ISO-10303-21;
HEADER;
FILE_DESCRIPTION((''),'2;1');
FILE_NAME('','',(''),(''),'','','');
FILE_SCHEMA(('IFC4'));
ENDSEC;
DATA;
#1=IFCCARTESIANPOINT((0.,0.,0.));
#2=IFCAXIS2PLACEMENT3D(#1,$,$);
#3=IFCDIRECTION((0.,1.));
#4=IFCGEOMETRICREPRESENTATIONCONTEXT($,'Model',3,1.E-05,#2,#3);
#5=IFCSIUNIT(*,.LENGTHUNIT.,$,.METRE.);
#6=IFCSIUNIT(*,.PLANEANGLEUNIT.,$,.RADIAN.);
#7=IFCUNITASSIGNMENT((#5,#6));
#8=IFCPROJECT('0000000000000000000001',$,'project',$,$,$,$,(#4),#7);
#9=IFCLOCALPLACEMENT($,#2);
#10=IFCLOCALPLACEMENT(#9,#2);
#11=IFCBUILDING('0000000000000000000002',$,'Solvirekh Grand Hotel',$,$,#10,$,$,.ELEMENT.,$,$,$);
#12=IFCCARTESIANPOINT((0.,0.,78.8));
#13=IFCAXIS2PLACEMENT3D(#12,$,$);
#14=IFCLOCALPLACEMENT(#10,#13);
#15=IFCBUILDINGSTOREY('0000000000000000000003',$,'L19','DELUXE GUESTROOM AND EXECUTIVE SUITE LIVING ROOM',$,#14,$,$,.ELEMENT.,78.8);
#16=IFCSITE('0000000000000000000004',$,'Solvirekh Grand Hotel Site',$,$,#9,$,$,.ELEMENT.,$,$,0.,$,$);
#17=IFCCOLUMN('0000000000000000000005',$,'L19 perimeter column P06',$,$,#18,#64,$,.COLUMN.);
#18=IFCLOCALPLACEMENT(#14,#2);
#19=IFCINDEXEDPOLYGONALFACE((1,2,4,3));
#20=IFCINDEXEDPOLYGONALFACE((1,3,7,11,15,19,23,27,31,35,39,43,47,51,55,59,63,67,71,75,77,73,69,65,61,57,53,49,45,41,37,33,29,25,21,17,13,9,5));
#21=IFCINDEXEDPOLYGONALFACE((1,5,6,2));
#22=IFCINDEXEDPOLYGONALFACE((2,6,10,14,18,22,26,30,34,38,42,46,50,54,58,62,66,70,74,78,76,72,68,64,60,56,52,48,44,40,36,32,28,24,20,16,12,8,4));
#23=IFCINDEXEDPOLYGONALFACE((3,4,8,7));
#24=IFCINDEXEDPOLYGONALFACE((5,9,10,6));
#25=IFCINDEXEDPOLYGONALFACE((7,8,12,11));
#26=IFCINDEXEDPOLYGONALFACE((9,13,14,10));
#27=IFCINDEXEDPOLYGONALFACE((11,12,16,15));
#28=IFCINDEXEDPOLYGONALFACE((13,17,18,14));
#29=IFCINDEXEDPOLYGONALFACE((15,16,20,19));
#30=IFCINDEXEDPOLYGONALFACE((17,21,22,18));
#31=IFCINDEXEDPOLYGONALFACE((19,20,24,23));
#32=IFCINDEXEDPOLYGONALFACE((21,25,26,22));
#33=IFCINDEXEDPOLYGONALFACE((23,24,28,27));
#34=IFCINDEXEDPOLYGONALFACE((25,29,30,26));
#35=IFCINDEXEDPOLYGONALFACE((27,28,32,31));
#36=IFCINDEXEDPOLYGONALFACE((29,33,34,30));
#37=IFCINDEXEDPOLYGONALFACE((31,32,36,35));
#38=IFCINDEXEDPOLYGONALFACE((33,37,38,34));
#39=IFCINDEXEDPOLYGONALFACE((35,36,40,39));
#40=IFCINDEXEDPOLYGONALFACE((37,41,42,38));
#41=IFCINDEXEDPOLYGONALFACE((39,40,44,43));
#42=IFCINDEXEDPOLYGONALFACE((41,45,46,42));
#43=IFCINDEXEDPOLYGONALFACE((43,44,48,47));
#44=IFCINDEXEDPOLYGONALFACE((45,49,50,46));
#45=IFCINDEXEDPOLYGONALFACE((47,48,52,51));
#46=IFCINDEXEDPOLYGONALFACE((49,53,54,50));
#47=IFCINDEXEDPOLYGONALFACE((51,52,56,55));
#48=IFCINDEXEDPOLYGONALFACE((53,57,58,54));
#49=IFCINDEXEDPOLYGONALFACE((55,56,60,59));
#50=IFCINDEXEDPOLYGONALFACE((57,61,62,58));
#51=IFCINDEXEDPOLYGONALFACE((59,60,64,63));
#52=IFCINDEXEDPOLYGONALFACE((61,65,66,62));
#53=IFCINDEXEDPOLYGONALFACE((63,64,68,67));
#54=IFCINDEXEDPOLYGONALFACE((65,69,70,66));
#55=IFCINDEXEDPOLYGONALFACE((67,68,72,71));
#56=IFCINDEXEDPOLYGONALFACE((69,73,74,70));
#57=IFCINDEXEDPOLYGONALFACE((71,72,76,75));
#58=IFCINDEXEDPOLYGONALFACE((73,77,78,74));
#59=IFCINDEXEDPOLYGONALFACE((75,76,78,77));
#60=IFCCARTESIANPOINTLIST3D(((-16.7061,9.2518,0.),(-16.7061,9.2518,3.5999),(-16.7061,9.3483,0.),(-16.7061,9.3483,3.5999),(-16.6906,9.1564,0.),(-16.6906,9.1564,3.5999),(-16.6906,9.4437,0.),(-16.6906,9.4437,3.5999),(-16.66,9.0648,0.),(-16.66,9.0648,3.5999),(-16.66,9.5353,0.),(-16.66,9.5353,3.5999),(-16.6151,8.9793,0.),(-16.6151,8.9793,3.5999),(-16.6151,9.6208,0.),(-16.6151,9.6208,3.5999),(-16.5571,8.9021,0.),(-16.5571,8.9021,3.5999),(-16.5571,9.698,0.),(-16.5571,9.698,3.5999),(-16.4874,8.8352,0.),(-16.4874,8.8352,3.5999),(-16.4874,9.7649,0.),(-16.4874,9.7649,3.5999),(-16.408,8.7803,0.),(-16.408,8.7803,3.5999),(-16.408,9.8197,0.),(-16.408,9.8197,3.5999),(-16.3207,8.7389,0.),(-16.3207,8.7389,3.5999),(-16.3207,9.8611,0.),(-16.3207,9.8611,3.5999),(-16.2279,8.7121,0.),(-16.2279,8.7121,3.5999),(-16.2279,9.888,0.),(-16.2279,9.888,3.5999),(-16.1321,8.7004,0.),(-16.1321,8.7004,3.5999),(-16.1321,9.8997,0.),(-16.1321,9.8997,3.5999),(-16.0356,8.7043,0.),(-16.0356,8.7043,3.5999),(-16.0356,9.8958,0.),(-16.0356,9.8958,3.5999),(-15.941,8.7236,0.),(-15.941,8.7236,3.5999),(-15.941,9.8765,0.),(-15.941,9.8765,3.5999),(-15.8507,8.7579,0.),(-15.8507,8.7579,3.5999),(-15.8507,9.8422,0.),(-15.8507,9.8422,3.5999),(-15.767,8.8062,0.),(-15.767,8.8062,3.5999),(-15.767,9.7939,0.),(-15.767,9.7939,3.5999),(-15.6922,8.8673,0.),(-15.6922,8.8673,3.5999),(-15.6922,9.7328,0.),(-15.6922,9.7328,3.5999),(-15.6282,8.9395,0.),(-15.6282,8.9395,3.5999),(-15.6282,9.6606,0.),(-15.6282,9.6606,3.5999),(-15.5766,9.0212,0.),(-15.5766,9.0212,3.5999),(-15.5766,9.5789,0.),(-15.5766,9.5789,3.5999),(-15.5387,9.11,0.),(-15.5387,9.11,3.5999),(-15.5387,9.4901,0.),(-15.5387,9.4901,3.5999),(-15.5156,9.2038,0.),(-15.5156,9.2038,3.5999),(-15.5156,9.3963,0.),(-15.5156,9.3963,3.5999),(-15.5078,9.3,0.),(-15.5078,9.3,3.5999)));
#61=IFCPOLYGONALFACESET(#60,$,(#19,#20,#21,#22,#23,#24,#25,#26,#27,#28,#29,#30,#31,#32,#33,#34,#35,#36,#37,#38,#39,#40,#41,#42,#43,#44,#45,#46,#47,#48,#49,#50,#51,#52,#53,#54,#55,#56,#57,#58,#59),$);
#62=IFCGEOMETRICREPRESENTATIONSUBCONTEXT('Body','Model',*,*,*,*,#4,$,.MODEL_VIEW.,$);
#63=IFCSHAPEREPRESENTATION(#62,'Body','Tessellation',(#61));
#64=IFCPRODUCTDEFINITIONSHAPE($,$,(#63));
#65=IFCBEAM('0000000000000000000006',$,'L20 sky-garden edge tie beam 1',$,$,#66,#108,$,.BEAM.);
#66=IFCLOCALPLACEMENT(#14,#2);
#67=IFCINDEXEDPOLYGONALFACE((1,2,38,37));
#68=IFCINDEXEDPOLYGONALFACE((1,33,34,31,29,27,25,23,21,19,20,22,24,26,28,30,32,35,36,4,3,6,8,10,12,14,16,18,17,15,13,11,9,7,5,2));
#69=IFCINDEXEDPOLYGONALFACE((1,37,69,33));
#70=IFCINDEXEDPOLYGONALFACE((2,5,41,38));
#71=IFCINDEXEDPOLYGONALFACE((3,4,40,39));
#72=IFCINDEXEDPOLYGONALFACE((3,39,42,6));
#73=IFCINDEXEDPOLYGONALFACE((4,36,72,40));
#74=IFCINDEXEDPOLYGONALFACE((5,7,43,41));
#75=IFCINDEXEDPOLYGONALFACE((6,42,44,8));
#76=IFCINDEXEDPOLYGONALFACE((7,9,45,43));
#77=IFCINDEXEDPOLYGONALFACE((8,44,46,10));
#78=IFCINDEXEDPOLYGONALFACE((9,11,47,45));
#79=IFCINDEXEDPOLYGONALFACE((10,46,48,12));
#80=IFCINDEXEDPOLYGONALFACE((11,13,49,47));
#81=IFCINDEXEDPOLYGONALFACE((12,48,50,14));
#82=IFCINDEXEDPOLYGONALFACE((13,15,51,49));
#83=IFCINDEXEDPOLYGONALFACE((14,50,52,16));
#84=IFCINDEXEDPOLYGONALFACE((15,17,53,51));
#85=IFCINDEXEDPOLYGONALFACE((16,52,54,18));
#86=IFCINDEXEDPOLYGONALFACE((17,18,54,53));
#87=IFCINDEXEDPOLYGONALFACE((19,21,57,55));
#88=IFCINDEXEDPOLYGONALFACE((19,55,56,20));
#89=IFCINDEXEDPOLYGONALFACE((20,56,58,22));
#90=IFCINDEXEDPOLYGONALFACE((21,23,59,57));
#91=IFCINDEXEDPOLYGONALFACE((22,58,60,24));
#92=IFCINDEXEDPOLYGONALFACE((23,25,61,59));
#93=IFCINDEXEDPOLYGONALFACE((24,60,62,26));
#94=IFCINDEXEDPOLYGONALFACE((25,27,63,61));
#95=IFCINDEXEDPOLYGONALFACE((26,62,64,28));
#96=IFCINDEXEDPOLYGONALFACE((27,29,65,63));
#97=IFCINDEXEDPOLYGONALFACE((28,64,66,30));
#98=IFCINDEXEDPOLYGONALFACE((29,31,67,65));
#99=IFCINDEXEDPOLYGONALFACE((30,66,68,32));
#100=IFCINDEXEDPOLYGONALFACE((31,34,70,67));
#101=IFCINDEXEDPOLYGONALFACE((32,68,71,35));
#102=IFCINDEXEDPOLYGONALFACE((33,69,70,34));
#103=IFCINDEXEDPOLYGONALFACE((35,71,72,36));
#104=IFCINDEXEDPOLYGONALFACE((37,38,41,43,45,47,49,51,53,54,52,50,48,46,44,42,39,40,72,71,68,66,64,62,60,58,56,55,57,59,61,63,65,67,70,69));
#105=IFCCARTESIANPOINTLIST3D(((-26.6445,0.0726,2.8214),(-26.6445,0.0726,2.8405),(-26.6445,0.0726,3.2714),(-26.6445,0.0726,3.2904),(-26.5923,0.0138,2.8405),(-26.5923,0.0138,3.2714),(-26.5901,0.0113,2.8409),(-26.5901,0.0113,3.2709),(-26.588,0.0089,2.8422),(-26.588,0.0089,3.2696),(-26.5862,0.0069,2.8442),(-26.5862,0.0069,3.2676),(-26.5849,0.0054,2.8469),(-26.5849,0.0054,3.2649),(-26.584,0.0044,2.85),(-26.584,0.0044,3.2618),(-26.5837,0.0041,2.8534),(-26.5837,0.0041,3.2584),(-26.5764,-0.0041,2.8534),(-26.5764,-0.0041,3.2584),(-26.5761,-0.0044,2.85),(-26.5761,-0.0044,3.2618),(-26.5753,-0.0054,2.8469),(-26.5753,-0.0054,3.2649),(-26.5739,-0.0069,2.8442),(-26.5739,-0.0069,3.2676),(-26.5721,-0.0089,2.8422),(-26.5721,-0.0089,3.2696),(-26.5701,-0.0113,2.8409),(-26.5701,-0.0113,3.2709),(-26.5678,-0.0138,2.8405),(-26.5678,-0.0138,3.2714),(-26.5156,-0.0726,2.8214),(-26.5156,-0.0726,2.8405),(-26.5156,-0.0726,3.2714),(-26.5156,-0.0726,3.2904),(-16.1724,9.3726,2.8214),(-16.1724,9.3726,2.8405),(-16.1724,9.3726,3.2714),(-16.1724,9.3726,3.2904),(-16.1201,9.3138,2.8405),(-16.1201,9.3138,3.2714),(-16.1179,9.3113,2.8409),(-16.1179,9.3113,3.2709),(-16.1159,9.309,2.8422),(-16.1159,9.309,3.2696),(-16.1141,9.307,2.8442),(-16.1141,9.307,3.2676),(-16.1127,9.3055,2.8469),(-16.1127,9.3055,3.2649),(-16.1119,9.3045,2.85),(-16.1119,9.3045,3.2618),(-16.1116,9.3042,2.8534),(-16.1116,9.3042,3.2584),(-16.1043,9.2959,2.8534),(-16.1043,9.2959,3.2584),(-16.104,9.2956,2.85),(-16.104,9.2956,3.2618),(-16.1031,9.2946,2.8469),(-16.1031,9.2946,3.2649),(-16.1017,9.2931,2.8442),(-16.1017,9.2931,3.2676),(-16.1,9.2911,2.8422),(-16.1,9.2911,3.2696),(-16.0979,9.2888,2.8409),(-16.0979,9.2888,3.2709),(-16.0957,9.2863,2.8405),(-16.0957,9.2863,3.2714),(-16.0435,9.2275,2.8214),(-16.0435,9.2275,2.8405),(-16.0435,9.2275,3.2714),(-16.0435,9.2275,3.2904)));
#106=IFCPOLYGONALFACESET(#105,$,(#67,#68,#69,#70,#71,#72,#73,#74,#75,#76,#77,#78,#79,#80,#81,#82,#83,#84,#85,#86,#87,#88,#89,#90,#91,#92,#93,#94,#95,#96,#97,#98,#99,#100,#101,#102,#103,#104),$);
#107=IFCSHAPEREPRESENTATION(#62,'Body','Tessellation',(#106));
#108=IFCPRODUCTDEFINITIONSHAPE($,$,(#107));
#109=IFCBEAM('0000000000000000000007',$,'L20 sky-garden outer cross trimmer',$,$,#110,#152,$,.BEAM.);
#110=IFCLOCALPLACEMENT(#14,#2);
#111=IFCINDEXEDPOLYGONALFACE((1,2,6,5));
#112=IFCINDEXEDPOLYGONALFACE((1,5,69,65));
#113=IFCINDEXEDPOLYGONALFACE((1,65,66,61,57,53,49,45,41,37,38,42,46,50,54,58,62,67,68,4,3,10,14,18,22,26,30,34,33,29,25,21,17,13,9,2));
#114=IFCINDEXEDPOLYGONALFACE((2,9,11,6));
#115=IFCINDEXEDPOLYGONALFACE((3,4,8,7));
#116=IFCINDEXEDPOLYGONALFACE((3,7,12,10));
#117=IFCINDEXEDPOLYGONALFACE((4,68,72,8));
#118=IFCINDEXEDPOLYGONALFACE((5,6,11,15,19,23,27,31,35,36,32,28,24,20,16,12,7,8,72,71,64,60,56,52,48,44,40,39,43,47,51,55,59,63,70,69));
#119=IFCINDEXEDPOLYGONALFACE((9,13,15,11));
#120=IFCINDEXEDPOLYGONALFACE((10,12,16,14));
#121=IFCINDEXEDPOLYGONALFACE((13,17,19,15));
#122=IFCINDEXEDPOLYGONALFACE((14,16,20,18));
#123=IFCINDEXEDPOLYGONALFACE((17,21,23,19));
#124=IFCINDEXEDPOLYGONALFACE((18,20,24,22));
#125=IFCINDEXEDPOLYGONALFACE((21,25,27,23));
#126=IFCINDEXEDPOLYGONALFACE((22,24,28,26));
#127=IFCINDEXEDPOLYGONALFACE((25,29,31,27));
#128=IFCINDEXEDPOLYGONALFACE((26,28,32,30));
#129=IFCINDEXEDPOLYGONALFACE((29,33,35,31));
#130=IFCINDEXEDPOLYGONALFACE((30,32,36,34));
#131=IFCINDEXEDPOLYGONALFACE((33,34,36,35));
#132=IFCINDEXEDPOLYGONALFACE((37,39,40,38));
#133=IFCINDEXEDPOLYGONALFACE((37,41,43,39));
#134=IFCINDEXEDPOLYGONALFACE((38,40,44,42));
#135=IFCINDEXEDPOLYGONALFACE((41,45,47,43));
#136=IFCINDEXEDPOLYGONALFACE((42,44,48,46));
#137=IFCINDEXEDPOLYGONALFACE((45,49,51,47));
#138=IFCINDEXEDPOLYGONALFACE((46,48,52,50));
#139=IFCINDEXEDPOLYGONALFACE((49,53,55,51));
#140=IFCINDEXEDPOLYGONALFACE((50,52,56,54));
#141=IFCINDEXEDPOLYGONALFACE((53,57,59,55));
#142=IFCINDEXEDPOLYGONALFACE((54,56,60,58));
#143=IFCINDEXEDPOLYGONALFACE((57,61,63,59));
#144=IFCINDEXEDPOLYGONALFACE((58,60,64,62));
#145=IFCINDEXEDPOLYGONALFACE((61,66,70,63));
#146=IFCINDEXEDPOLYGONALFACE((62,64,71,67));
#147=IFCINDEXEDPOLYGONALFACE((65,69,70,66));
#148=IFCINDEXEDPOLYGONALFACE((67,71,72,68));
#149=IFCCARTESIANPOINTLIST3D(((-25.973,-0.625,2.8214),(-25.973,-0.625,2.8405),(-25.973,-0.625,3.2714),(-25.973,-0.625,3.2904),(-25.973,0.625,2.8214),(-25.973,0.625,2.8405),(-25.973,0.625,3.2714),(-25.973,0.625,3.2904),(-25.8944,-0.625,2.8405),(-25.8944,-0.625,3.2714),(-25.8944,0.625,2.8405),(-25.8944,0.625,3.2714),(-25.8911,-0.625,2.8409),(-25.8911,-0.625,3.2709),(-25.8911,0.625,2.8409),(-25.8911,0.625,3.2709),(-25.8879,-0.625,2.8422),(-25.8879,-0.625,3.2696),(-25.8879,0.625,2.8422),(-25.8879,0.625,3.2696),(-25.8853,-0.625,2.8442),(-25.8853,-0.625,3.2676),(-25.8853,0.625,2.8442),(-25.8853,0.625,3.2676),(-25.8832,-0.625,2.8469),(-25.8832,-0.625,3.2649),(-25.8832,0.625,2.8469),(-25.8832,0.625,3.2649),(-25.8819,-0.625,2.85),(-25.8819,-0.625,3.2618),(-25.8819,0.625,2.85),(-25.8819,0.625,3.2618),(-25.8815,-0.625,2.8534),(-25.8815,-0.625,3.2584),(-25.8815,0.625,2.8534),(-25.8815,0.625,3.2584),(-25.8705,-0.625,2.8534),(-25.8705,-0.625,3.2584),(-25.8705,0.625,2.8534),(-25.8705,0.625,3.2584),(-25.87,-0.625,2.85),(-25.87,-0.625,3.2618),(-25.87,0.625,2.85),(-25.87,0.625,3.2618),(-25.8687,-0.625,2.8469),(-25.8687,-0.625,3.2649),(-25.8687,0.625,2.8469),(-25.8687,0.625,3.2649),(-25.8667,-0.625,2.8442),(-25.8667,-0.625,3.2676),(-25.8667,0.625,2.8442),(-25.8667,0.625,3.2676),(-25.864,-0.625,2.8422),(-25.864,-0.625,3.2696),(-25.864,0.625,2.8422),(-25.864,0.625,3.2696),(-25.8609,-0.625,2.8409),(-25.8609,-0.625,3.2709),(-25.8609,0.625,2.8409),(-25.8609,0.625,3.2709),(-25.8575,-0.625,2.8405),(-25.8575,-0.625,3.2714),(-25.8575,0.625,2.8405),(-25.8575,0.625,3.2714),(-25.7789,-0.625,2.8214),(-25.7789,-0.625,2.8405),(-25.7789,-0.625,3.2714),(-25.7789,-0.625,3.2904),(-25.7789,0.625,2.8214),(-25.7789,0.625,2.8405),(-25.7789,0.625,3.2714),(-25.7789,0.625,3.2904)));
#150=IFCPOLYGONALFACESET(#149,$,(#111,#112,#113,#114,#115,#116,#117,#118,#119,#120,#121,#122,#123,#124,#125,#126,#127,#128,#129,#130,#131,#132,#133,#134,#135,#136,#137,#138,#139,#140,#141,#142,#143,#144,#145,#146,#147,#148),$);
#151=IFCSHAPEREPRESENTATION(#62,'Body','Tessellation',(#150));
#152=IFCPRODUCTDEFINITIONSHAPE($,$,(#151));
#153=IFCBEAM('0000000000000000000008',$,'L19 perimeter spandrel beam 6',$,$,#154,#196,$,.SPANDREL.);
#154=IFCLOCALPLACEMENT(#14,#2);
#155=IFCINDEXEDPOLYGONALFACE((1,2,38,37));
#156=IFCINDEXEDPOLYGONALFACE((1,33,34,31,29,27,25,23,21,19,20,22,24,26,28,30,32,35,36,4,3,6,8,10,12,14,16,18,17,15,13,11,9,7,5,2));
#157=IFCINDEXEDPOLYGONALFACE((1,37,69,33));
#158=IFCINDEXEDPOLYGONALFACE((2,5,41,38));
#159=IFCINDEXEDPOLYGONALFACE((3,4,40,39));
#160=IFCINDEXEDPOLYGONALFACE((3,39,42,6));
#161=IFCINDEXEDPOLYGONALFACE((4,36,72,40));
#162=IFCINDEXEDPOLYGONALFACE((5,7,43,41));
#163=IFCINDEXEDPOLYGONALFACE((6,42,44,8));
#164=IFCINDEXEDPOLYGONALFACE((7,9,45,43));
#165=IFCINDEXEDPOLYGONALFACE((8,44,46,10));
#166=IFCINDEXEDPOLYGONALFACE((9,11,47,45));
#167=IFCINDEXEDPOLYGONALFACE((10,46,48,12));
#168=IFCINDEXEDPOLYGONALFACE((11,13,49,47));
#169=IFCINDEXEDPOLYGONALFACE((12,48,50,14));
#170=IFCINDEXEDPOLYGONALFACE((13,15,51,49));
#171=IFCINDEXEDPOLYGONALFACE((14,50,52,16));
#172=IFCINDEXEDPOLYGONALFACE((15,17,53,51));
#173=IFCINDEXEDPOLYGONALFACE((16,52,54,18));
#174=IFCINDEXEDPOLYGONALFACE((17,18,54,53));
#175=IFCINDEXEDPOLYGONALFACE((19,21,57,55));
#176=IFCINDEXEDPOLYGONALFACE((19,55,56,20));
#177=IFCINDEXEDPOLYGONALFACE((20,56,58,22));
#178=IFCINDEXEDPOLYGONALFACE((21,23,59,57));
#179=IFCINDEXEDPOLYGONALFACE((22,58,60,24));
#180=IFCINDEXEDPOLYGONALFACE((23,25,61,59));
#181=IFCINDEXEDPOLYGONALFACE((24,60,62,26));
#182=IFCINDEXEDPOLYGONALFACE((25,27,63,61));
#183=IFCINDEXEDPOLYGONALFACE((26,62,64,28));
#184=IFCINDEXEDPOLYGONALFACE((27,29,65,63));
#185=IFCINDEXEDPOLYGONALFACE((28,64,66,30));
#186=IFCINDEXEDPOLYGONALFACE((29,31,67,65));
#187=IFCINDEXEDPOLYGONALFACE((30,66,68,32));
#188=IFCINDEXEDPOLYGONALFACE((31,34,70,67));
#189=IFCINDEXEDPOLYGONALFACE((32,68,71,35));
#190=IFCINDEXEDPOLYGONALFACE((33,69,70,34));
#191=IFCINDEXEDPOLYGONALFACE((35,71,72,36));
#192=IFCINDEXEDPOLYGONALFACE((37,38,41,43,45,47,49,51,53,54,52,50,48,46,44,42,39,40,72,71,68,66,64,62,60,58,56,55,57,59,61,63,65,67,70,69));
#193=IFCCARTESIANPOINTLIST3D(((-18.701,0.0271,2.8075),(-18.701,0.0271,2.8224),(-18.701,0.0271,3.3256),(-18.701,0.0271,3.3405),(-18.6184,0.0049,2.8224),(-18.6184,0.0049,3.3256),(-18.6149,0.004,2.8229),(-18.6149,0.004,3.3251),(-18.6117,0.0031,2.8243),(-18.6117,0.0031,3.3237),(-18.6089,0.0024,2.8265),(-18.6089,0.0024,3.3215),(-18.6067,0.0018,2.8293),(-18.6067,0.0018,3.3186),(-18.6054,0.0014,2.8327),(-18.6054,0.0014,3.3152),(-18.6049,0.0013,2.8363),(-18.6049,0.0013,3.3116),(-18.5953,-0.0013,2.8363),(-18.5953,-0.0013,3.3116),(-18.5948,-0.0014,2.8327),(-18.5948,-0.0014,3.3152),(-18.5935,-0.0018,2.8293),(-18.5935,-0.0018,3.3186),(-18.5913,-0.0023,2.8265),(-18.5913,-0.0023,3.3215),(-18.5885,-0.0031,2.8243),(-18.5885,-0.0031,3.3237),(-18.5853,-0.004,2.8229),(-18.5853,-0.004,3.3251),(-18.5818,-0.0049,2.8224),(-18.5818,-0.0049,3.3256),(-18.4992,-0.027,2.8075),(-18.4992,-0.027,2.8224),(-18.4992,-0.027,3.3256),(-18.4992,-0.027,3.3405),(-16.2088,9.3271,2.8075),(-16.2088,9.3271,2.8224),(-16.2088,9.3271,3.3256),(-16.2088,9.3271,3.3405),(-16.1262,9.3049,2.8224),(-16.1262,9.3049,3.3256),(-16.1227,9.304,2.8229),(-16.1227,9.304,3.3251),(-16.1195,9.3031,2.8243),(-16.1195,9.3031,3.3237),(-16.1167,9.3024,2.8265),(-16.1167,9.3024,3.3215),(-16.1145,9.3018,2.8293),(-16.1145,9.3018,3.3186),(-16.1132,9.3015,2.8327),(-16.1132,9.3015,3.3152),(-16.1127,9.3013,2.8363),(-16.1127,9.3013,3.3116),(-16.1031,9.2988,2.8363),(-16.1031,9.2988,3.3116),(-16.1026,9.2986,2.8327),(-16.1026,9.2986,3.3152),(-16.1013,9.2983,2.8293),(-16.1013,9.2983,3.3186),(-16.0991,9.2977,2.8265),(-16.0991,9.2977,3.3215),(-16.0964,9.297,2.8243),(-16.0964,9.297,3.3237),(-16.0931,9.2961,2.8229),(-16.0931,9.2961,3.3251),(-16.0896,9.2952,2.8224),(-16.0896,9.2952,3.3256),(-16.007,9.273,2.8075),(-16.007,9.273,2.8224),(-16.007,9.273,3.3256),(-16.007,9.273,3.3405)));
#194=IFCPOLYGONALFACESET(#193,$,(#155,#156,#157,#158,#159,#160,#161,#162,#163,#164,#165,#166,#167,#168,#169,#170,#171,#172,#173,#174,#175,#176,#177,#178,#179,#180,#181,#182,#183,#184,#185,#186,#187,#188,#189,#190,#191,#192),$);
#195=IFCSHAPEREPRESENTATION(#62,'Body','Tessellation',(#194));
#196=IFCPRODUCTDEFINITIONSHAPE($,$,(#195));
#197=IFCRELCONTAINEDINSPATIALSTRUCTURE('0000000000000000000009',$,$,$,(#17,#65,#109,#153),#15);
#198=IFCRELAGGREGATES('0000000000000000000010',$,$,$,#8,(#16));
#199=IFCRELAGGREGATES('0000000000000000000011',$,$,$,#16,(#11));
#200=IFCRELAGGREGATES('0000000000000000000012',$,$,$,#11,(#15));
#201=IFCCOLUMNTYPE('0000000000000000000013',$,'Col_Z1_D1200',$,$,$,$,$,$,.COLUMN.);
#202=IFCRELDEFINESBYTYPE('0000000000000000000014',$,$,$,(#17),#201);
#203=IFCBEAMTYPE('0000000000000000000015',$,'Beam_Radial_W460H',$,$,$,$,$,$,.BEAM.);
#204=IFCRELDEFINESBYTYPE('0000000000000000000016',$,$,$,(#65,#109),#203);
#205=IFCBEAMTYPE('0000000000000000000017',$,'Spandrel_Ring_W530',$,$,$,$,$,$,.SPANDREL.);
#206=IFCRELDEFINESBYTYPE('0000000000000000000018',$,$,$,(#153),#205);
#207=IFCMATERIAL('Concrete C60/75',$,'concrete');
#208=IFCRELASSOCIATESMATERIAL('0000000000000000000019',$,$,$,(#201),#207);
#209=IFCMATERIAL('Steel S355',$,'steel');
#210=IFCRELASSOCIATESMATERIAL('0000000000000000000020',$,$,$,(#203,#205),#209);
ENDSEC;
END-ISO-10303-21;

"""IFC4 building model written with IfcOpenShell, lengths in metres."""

from ifc_helpers import new_model, si_unit, direction, frame, origin, origin_2d, place, context, subcontext, project, spatial, circle, i_section, extrude, material, material_profile, profile_set, type_object, element, save


model = new_model("IFC4")

# Units and contexts
model_context = context("Model", 3, precision=1e-05, world=origin(), true_north=direction((0.0, 1.0)))
body_context = subcontext(model_context, "Body", "Model", "MODEL_VIEW")
ifc_project = project(units=[si_unit("LENGTHUNIT", "METRE"), si_unit("PLANEANGLEUNIT", "RADIAN")], contexts=[model_context])

# Site, building, storey
site_placement = place(None, origin())
site = spatial("IfcSite", under=ifc_project, at=site_placement, Name="Solvirekh Grand Hotel Site", CompositionType="ELEMENT", RefElevation=0.0)
building_placement = place(site_placement, origin())
building = spatial("IfcBuilding", under=site, at=building_placement, Name="Solvirekh Grand Hotel", CompositionType="ELEMENT")
storey_placement = place(building_placement, frame((0.0, 0.0, 78.8)))
storey = spatial("IfcBuildingStorey", under=building, at=storey_placement, Name="L19", Description="DELUXE GUESTROOM AND EXECUTIVE SUITE LIVING ROOM", CompositionType="ELEMENT", Elevation=78.8)

# Column
ifc_material_1 = material(Name="Concrete C60/75", Category="concrete")
ifc_material_profile_1 = material_profile(ifc_material_1, circle(Radius=0.6001, at=origin_2d()), Name="RC CIRC D1200")
ifc_profile_set_1 = profile_set([ifc_material_profile_1], Name="Concrete C60/75")
column_type = type_object("IfcColumnType", Name="Col_Z1_D1200", PredefinedType="COLUMN", material=ifc_profile_set_1)
column_placement = place(storey_placement, frame((-16.1079, 9.3, 0.0), z_axis=(0.0, 0.0, 1.0), x_axis=(1.0, 0.0, 0.0)))
element("IfcColumn", 1, at=column_placement, inside=storey, type_object=column_type, Name="L19 perimeter column P06", PredefinedType="COLUMN", context=body_context, shape_type="SweptSolid", body=[
    extrude(circle(Radius=0.6001, at=origin_2d()), origin(), (0.0, 0.0, 1.0), 3.5999),
])

# Beams
ifc_material_2 = material(Name="Steel S355", Category="steel")
ifc_material_profile_2 = material_profile(ifc_material_2, i_section(OverallWidth=0.1941, OverallDepth=0.469, WebThickness=0.011, FlangeThickness=0.019, FilletRadius=0.0129, at=origin_2d()), Name="W460X106")
ifc_profile_set_2 = profile_set([ifc_material_profile_2], Name="Steel S355")
beam_type_1 = type_object("IfcBeamType", Name="Beam_Radial_W460H", PredefinedType="BEAM", material=ifc_profile_set_2)
beam_1_placement = place(storey_placement, frame((-16.1079, 9.3, 3.0559), z_axis=(-0.747712, -0.664023, 0.0), x_axis=(0.664023, -0.747712, 0.0)))
element("IfcBeam", 2, at=beam_1_placement, inside=storey, type_object=beam_type_1, Name="L20 sky-garden edge tie beam 1", PredefinedType="BEAM", context=body_context, shape_type="SweptSolid", body=[
    extrude(i_section(OverallWidth=0.1941, OverallDepth=0.469, WebThickness=0.011, FlangeThickness=0.019, FilletRadius=0.0129, at=origin_2d()), origin(), (0.0, 0.0, 1.0), 14.0056),
])
beam_2_placement = place(storey_placement, frame((-25.876, 0.625, 3.0559), z_axis=(0.0, -1.0, 0.0), x_axis=(1.0, 0.0, 0.0)))
element("IfcBeam", 3, at=beam_2_placement, inside=storey, type_object=beam_type_1, Name="L20 sky-garden outer cross trimmer", PredefinedType="BEAM", context=body_context, shape_type="SweptSolid", body=[
    extrude(i_section(OverallWidth=0.1941, OverallDepth=0.469, WebThickness=0.011, FlangeThickness=0.019, FilletRadius=0.0129, at=origin_2d()), origin(), (0.0, 0.0, 1.0), 1.25),
])
ifc_material_profile_3 = material_profile(ifc_material_2, i_section(OverallWidth=0.209, OverallDepth=0.533, WebThickness=0.01, FlangeThickness=0.0149, FilletRadius=0.0139, at=origin_2d()), Name="W530X92")
ifc_profile_set_3 = profile_set([ifc_material_profile_3], Name="Steel S355")
beam_type_2 = type_object("IfcBeamType", Name="Spandrel_Ring_W530", PredefinedType="SPANDREL", material=ifc_profile_set_3)
beam_3_placement = place(storey_placement, frame((-16.1079, 9.3, 3.074), z_axis=(-0.258843, -0.965919, 0.0), x_axis=(0.965919, -0.258843, 0.0)))
element("IfcBeam", 4, at=beam_3_placement, inside=storey, type_object=beam_type_2, Name="L19 perimeter spandrel beam 6", PredefinedType="SPANDREL", context=body_context, shape_type="SweptSolid", body=[
    extrude(i_section(OverallWidth=0.209, OverallDepth=0.533, WebThickness=0.01, FlangeThickness=0.0149, FilletRadius=0.0139, at=origin_2d()), origin(), (0.0, 0.0, 1.0), 9.6282),
])

save(model, "model.ifc")
